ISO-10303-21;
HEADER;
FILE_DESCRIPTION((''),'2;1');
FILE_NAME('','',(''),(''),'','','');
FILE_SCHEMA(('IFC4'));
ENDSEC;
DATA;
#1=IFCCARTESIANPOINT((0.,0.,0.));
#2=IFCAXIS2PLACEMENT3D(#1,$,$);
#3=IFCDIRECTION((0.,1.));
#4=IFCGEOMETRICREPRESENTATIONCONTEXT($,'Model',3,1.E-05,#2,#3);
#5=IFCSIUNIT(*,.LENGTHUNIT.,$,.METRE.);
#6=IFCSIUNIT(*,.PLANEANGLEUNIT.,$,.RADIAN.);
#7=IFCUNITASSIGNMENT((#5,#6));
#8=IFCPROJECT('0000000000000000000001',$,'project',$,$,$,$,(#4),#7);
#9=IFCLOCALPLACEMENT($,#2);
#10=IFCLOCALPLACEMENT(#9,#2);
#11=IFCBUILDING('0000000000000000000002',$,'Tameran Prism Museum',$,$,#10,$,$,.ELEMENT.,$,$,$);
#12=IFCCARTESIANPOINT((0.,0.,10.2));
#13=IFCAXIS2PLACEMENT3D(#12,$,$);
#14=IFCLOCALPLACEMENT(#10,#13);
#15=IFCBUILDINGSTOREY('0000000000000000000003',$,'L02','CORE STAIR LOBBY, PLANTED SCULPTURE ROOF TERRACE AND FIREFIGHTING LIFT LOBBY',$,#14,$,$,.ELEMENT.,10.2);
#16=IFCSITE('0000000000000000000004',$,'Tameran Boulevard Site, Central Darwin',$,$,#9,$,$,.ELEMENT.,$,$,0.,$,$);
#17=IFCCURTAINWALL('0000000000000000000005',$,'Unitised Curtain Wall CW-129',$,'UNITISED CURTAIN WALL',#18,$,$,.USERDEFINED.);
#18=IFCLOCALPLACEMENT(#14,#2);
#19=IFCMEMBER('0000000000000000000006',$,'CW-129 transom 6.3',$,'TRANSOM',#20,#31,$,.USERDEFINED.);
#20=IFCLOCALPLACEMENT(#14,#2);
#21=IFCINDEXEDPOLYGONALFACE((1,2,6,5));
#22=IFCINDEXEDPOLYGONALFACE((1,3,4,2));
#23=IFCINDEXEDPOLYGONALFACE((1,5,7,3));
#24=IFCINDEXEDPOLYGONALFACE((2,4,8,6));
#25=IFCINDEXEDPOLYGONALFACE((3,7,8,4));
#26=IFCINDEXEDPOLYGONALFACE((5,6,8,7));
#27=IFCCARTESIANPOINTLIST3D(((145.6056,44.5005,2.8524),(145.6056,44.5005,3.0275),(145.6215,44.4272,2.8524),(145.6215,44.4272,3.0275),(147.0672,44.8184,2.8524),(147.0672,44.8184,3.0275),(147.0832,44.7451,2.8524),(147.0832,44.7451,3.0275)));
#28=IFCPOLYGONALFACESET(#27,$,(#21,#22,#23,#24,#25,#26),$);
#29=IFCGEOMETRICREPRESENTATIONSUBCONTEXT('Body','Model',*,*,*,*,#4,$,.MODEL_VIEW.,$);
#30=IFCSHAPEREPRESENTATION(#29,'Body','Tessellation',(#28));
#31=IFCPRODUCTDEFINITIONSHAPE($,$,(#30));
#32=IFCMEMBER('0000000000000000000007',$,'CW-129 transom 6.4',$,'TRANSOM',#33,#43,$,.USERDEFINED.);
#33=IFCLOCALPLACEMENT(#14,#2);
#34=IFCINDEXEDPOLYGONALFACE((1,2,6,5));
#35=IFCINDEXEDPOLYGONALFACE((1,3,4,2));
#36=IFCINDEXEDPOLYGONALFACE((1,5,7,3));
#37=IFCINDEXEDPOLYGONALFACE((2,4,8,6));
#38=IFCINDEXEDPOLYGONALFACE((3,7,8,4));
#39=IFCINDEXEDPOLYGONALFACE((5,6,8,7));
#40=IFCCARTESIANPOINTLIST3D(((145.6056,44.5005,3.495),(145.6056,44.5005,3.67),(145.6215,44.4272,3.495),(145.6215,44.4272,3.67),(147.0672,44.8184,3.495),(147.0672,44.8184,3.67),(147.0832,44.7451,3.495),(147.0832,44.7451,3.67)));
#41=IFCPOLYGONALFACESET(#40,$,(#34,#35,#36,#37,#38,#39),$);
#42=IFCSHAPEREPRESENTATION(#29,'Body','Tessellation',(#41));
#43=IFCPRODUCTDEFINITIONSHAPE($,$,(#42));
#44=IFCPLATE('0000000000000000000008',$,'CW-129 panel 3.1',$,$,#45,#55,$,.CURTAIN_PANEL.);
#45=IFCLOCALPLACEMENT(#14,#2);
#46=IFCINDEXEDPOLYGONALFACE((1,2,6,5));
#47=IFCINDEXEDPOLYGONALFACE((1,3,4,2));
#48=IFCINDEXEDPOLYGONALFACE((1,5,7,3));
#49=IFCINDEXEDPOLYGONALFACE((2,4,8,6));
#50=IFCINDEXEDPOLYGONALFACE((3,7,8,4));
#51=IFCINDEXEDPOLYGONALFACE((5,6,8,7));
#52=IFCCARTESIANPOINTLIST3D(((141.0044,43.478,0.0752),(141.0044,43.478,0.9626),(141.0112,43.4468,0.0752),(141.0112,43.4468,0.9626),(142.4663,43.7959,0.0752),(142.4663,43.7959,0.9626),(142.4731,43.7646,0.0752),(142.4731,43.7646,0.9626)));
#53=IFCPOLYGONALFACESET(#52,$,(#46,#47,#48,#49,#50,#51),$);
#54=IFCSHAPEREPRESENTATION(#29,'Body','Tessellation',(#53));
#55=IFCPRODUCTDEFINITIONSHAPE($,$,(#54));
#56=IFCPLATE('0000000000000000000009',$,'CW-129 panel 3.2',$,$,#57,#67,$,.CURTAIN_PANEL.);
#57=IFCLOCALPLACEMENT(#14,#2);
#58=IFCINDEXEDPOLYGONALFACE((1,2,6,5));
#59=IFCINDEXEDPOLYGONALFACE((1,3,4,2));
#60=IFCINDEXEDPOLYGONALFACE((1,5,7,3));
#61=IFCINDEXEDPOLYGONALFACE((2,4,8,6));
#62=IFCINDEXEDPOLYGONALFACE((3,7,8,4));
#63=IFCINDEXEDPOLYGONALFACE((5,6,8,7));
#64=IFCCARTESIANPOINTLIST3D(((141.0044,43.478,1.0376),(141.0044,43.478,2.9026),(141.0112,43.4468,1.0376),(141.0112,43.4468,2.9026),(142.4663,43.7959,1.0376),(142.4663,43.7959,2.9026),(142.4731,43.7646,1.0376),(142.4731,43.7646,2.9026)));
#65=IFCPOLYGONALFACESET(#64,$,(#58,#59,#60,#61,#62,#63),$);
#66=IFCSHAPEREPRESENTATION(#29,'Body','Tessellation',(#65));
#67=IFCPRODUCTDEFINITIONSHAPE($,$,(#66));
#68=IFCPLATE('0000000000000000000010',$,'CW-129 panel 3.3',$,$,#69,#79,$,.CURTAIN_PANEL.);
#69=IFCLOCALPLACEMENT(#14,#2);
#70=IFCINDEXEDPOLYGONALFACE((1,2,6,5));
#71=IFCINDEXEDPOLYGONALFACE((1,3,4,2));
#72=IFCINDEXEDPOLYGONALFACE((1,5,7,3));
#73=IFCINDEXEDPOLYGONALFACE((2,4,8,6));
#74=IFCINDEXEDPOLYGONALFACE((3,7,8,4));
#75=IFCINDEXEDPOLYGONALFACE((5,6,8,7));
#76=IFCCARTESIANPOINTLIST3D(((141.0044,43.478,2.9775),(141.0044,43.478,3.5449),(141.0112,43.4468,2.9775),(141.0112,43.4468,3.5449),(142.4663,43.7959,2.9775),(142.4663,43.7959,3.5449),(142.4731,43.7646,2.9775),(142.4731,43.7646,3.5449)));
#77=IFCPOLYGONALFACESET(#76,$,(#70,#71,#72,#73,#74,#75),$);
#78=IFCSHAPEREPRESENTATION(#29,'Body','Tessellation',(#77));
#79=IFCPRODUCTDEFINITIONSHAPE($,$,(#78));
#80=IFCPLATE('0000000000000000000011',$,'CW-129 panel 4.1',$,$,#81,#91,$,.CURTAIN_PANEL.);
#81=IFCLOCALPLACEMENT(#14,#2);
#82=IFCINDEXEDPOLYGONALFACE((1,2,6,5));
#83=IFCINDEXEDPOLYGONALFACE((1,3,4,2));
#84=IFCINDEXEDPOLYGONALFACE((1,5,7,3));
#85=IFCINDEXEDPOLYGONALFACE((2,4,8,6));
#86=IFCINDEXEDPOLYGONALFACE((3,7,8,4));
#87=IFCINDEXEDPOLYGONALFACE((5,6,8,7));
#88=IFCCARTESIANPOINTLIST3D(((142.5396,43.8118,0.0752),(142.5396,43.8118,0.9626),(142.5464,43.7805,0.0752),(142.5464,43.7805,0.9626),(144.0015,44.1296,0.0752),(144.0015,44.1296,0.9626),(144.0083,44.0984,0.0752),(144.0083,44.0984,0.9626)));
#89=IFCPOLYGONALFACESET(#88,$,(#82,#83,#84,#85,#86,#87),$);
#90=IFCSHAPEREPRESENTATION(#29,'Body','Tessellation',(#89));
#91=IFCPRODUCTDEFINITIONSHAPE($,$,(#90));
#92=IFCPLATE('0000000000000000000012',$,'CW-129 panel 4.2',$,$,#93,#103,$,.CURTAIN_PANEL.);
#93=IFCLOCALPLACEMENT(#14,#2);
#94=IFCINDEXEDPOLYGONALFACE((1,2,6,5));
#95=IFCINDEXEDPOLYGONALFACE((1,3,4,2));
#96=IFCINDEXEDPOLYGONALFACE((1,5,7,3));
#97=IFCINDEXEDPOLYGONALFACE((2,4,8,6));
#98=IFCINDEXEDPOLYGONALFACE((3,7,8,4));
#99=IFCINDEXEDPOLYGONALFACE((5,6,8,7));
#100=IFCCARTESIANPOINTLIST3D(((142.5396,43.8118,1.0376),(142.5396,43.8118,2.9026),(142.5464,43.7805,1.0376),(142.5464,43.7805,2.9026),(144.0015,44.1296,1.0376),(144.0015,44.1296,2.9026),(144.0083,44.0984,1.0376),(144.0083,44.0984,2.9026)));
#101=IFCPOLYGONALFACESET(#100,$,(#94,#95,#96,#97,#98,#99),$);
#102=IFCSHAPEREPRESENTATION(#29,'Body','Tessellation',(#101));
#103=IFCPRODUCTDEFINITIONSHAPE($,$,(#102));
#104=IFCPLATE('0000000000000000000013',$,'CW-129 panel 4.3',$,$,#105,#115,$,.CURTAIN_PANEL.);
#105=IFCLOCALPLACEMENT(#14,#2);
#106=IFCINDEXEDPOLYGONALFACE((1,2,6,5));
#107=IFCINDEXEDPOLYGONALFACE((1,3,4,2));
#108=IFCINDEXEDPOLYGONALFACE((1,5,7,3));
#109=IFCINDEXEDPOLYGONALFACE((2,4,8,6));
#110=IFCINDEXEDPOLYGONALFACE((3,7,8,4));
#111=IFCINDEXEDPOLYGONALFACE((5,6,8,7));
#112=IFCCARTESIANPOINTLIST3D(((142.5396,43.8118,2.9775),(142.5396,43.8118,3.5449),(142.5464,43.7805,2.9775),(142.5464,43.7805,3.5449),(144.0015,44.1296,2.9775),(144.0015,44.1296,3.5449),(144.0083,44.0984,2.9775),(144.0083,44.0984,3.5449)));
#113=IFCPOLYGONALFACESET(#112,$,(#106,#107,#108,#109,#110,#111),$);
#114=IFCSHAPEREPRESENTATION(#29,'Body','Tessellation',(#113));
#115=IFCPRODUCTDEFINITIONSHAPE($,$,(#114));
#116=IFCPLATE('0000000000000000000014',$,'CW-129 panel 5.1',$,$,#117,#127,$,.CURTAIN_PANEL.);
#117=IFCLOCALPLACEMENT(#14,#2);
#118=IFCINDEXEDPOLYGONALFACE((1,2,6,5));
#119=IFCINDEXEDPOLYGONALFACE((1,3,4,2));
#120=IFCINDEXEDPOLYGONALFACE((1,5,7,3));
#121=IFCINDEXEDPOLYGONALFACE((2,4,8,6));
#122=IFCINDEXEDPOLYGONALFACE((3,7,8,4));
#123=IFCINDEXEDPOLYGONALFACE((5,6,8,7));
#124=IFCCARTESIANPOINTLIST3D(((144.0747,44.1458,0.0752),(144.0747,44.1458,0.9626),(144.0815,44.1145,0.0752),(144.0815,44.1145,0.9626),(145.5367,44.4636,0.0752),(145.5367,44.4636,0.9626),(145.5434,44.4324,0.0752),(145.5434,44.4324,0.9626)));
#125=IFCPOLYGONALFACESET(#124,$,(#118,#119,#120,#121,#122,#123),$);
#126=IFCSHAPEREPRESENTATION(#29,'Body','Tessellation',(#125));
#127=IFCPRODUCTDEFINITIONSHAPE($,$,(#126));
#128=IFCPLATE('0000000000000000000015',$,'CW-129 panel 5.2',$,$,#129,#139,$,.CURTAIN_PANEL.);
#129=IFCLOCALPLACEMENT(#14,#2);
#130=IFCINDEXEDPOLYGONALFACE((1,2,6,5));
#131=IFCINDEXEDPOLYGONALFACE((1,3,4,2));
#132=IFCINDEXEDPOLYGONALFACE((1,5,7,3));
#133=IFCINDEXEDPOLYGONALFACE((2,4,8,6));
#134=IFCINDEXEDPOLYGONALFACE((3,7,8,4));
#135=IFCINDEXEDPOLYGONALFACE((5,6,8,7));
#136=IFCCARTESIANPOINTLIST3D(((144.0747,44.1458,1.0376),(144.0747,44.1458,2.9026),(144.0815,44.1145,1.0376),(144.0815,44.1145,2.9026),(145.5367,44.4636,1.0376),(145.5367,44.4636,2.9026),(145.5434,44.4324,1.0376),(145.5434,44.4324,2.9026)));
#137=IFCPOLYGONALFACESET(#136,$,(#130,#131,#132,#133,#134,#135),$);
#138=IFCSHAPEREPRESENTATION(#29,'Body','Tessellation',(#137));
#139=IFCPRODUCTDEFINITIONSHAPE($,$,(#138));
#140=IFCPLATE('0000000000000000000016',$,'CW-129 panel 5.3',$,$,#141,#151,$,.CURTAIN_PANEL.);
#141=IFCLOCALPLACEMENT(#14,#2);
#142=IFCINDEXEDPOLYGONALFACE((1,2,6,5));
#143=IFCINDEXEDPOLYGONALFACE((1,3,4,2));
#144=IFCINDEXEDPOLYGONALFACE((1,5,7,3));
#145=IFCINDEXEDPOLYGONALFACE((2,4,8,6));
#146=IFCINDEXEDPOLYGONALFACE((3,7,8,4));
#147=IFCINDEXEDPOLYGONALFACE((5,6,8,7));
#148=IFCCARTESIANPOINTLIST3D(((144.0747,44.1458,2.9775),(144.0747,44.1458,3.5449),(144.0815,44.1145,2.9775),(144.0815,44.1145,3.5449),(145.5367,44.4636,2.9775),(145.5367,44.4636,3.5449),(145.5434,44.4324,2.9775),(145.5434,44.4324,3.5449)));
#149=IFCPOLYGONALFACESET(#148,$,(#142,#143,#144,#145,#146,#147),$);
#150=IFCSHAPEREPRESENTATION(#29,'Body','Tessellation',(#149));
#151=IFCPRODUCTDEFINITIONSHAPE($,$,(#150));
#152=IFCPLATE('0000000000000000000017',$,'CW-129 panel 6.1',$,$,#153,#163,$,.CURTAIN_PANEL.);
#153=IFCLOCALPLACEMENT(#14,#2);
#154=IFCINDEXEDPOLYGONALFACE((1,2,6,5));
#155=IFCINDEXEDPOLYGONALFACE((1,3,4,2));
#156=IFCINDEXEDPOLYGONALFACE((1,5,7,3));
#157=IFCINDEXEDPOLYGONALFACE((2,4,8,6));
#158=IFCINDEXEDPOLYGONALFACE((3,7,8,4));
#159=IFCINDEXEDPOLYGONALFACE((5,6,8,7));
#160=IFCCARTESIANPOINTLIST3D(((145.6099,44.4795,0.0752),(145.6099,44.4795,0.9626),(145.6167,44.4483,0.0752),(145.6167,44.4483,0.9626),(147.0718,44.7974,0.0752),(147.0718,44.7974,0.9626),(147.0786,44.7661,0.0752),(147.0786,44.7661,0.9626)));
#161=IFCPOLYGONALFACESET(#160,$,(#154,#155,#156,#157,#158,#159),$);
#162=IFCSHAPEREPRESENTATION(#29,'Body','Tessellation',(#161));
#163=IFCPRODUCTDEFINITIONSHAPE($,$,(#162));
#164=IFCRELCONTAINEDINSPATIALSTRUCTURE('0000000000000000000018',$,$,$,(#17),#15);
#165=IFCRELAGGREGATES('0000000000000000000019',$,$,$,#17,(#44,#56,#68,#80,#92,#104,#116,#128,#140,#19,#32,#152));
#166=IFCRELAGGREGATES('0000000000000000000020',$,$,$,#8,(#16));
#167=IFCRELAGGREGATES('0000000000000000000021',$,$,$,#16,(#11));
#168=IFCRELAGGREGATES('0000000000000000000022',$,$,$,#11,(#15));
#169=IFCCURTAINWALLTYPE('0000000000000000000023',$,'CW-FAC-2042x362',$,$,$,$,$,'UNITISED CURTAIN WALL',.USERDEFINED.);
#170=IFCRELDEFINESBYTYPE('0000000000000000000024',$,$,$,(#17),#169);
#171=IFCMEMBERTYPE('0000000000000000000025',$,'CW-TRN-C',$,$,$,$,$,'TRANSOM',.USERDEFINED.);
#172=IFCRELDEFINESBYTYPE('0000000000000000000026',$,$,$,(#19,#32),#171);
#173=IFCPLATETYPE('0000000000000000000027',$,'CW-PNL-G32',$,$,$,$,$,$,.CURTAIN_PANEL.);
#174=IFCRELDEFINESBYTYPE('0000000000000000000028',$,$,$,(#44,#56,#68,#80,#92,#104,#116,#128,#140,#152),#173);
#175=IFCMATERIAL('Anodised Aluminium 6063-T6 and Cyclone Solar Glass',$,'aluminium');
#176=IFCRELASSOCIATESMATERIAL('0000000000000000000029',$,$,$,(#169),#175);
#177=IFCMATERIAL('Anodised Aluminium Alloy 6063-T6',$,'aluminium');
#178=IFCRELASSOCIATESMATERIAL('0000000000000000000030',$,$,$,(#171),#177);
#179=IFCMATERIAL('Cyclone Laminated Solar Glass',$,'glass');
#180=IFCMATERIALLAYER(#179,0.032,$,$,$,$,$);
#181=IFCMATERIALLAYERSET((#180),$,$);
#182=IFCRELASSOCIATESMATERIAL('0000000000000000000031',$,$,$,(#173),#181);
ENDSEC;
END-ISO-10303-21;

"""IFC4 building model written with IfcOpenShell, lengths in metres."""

from ifc_helpers import new_model, si_unit, direction, frame, origin, origin_2d, place, context, subcontext, project, spatial, rectangle, extrude, material, layer, layer_set, material_profile, profile_set, type_object, element, aggregate, save


model = new_model("IFC4")

# Units and contexts
model_context = context("Model", 3, precision=1e-05, world=origin(), true_north=direction((0.0, 1.0)))
body_context = subcontext(model_context, "Body", "Model", "MODEL_VIEW")
ifc_project = project(units=[si_unit("LENGTHUNIT", "METRE"), si_unit("PLANEANGLEUNIT", "RADIAN")], contexts=[model_context])

# Site, building, storey
site_placement = place(None, origin())
site = spatial("IfcSite", under=ifc_project, at=site_placement, Name="Tameran Boulevard Site, Central Darwin", CompositionType="ELEMENT", RefElevation=0.0)
building_placement = place(site_placement, origin())
building = spatial("IfcBuilding", under=site, at=building_placement, Name="Tameran Prism Museum", CompositionType="ELEMENT")
storey_placement = place(building_placement, frame((0.0, 0.0, 10.2)))
storey = spatial("IfcBuildingStorey", under=building, at=storey_placement, Name="L02", Description="CORE STAIR LOBBY, PLANTED SCULPTURE ROOF TERRACE AND FIREFIGHTING LIFT LOBBY", CompositionType="ELEMENT", Elevation=10.2)

# Curtain wall, members, plates
ifc_material_1 = material(Name="Anodised Aluminium 6063-T6 and Cyclone Solar Glass", Category="aluminium")
curtain_wall_type = type_object("IfcCurtainWallType", Name="CW-FAC-2042x362", ElementType="UNITISED CURTAIN WALL", PredefinedType="USERDEFINED", material=ifc_material_1)
curtain_wall_placement = place(storey_placement, origin())
curtain_wall = element("IfcCurtainWall", 1, at=curtain_wall_placement, inside=storey, type_object=curtain_wall_type, Name="Unitised Curtain Wall CW-129", ObjectType="UNITISED CURTAIN WALL", PredefinedType="USERDEFINED")
ifc_material_2 = material(Name="Anodised Aluminium Alloy 6063-T6", Category="aluminium")
ifc_material_profile_1 = material_profile(ifc_material_2, rectangle(XDim=0.075, YDim=0.175, at=origin_2d()))
ifc_profile_set_1 = profile_set([ifc_material_profile_1])
member_type_1 = type_object("IfcMemberType", Name="CW-TRN-C", ElementType="TRANSOM", PredefinedType="USERDEFINED", material=ifc_profile_set_1)
member_1_placement = place(storey_placement, frame((145.6135, 44.4639, 2.9399), z_axis=(0.97716, 0.212504, 0.0), x_axis=(-0.212504, 0.97716, 0.0)))
member_1 = element("IfcMember", 2, at=member_1_placement, type_object=member_type_1, Name="CW-129 transom 6.3", ObjectType="TRANSOM", PredefinedType="USERDEFINED", context=body_context, shape_type="SweptSolid", body=[
    extrude(rectangle(XDim=0.075, YDim=0.175, at=origin_2d()), origin(), (0.0, 0.0, 1.0), 1.4958),
])
member_2_placement = place(storey_placement, frame((145.6135, 44.4639, 3.5825), z_axis=(0.97716, 0.212504, 0.0), x_axis=(-0.212504, 0.97716, 0.0)))
member_2 = element("IfcMember", 3, at=member_2_placement, type_object=member_type_1, Name="CW-129 transom 6.4", ObjectType="TRANSOM", PredefinedType="USERDEFINED", context=body_context, shape_type="SweptSolid", body=[
    extrude(rectangle(XDim=0.075, YDim=0.175, at=origin_2d()), origin(), (0.0, 0.0, 1.0), 1.4958),
])
ifc_material_3 = material(Name="Cyclone Laminated Solar Glass", Category="glass")
ifc_layer = layer(ifc_material_3, 0.032)
ifc_layer_set = layer_set([ifc_layer])
plate_type = type_object("IfcPlateType", Name="CW-PNL-G32", PredefinedType="CURTAIN_PANEL", material=ifc_layer_set)
plate_1_placement = place(storey_placement, frame((141.7388, 43.6213, 0.0752), z_axis=(0.0, 0.0, 1.0), x_axis=(0.977171, 0.212454, 0.0)))
plate_1 = element("IfcPlate", 4, at=plate_1_placement, type_object=plate_type, Name="CW-129 panel 3.1", PredefinedType="CURTAIN_PANEL", context=body_context, shape_type="SweptSolid", body=[
    extrude(rectangle(XDim=1.4961, YDim=0.032, at=origin_2d()), origin(), (0.0, 0.0, 1.0), 0.8875),
])
plate_2_placement = place(storey_placement, frame((141.7388, 43.6213, 1.0376), z_axis=(0.0, 0.0, 1.0), x_axis=(0.977171, 0.212454, 0.0)))
plate_2 = element("IfcPlate", 5, at=plate_2_placement, type_object=plate_type, Name="CW-129 panel 3.2", PredefinedType="CURTAIN_PANEL", context=body_context, shape_type="SweptSolid", body=[
    extrude(rectangle(XDim=1.4961, YDim=0.032, at=origin_2d()), origin(), (0.0, 0.0, 1.0), 1.865),
])
plate_3_placement = place(storey_placement, frame((141.7388, 43.6213, 2.9775), z_axis=(0.0, 0.0, 1.0), x_axis=(0.977171, 0.212454, 0.0)))
plate_3 = element("IfcPlate", 6, at=plate_3_placement, type_object=plate_type, Name="CW-129 panel 3.3", PredefinedType="CURTAIN_PANEL", context=body_context, shape_type="SweptSolid", body=[
    extrude(rectangle(XDim=1.4961, YDim=0.032, at=origin_2d()), origin(), (0.0, 0.0, 1.0), 0.5674),
])
plate_4_placement = place(storey_placement, frame((143.2739, 43.9551, 0.0752), z_axis=(0.0, 0.0, 1.0), x_axis=(0.977171, 0.212454, 0.0)))
plate_4 = element("IfcPlate", 7, at=plate_4_placement, type_object=plate_type, Name="CW-129 panel 4.1", PredefinedType="CURTAIN_PANEL", context=body_context, shape_type="SweptSolid", body=[
    extrude(rectangle(XDim=1.4961, YDim=0.032, at=origin_2d()), origin(), (0.0, 0.0, 1.0), 0.8875),
])
plate_5_placement = place(storey_placement, frame((143.2739, 43.9551, 1.0376), z_axis=(0.0, 0.0, 1.0), x_axis=(0.977171, 0.212454, 0.0)))
plate_5 = element("IfcPlate", 8, at=plate_5_placement, type_object=plate_type, Name="CW-129 panel 4.2", PredefinedType="CURTAIN_PANEL", context=body_context, shape_type="SweptSolid", body=[
    extrude(rectangle(XDim=1.4961, YDim=0.032, at=origin_2d()), origin(), (0.0, 0.0, 1.0), 1.865),
])
plate_6_placement = place(storey_placement, frame((143.2739, 43.9551, 2.9775), z_axis=(0.0, 0.0, 1.0), x_axis=(0.977171, 0.212454, 0.0)))
plate_6 = element("IfcPlate", 9, at=plate_6_placement, type_object=plate_type, Name="CW-129 panel 4.3", PredefinedType="CURTAIN_PANEL", context=body_context, shape_type="SweptSolid", body=[
    extrude(rectangle(XDim=1.4961, YDim=0.032, at=origin_2d()), origin(), (0.0, 0.0, 1.0), 0.5674),
])
plate_7_placement = place(storey_placement, frame((144.8091, 44.2891, 0.0752), z_axis=(0.0, 0.0, 1.0), x_axis=(0.977171, 0.212454, 0.0)))
plate_7 = element("IfcPlate", 10, at=plate_7_placement, type_object=plate_type, Name="CW-129 panel 5.1", PredefinedType="CURTAIN_PANEL", context=body_context, shape_type="SweptSolid", body=[
    extrude(rectangle(XDim=1.4961, YDim=0.032, at=origin_2d()), origin(), (0.0, 0.0, 1.0), 0.8875),
])
plate_8_placement = place(storey_placement, frame((144.8091, 44.2891, 1.0376), z_axis=(0.0, 0.0, 1.0), x_axis=(0.977171, 0.212454, 0.0)))
plate_8 = element("IfcPlate", 11, at=plate_8_placement, type_object=plate_type, Name="CW-129 panel 5.2", PredefinedType="CURTAIN_PANEL", context=body_context, shape_type="SweptSolid", body=[
    extrude(rectangle(XDim=1.4961, YDim=0.032, at=origin_2d()), origin(), (0.0, 0.0, 1.0), 1.865),
])
plate_9_placement = place(storey_placement, frame((144.8091, 44.2891, 2.9775), z_axis=(0.0, 0.0, 1.0), x_axis=(0.977171, 0.212454, 0.0)))
plate_9 = element("IfcPlate", 12, at=plate_9_placement, type_object=plate_type, Name="CW-129 panel 5.3", PredefinedType="CURTAIN_PANEL", context=body_context, shape_type="SweptSolid", body=[
    extrude(rectangle(XDim=1.4961, YDim=0.032, at=origin_2d()), origin(), (0.0, 0.0, 1.0), 0.5674),
])
plate_10_placement = place(storey_placement, frame((146.3442, 44.6228, 0.0752), z_axis=(0.0, 0.0, 1.0), x_axis=(0.977171, 0.212454, 0.0)))
plate_10 = element("IfcPlate", 13, at=plate_10_placement, type_object=plate_type, Name="CW-129 panel 6.1", PredefinedType="CURTAIN_PANEL", context=body_context, shape_type="SweptSolid", body=[
    extrude(rectangle(XDim=1.4961, YDim=0.032, at=origin_2d()), origin(), (0.0, 0.0, 1.0), 0.8875),
])
aggregate(curtain_wall, [plate_1, plate_2, plate_3, plate_4, plate_5, plate_6, plate_7, plate_8, plate_9, member_1, member_2, plate_10])

save(model, "model.ifc")
